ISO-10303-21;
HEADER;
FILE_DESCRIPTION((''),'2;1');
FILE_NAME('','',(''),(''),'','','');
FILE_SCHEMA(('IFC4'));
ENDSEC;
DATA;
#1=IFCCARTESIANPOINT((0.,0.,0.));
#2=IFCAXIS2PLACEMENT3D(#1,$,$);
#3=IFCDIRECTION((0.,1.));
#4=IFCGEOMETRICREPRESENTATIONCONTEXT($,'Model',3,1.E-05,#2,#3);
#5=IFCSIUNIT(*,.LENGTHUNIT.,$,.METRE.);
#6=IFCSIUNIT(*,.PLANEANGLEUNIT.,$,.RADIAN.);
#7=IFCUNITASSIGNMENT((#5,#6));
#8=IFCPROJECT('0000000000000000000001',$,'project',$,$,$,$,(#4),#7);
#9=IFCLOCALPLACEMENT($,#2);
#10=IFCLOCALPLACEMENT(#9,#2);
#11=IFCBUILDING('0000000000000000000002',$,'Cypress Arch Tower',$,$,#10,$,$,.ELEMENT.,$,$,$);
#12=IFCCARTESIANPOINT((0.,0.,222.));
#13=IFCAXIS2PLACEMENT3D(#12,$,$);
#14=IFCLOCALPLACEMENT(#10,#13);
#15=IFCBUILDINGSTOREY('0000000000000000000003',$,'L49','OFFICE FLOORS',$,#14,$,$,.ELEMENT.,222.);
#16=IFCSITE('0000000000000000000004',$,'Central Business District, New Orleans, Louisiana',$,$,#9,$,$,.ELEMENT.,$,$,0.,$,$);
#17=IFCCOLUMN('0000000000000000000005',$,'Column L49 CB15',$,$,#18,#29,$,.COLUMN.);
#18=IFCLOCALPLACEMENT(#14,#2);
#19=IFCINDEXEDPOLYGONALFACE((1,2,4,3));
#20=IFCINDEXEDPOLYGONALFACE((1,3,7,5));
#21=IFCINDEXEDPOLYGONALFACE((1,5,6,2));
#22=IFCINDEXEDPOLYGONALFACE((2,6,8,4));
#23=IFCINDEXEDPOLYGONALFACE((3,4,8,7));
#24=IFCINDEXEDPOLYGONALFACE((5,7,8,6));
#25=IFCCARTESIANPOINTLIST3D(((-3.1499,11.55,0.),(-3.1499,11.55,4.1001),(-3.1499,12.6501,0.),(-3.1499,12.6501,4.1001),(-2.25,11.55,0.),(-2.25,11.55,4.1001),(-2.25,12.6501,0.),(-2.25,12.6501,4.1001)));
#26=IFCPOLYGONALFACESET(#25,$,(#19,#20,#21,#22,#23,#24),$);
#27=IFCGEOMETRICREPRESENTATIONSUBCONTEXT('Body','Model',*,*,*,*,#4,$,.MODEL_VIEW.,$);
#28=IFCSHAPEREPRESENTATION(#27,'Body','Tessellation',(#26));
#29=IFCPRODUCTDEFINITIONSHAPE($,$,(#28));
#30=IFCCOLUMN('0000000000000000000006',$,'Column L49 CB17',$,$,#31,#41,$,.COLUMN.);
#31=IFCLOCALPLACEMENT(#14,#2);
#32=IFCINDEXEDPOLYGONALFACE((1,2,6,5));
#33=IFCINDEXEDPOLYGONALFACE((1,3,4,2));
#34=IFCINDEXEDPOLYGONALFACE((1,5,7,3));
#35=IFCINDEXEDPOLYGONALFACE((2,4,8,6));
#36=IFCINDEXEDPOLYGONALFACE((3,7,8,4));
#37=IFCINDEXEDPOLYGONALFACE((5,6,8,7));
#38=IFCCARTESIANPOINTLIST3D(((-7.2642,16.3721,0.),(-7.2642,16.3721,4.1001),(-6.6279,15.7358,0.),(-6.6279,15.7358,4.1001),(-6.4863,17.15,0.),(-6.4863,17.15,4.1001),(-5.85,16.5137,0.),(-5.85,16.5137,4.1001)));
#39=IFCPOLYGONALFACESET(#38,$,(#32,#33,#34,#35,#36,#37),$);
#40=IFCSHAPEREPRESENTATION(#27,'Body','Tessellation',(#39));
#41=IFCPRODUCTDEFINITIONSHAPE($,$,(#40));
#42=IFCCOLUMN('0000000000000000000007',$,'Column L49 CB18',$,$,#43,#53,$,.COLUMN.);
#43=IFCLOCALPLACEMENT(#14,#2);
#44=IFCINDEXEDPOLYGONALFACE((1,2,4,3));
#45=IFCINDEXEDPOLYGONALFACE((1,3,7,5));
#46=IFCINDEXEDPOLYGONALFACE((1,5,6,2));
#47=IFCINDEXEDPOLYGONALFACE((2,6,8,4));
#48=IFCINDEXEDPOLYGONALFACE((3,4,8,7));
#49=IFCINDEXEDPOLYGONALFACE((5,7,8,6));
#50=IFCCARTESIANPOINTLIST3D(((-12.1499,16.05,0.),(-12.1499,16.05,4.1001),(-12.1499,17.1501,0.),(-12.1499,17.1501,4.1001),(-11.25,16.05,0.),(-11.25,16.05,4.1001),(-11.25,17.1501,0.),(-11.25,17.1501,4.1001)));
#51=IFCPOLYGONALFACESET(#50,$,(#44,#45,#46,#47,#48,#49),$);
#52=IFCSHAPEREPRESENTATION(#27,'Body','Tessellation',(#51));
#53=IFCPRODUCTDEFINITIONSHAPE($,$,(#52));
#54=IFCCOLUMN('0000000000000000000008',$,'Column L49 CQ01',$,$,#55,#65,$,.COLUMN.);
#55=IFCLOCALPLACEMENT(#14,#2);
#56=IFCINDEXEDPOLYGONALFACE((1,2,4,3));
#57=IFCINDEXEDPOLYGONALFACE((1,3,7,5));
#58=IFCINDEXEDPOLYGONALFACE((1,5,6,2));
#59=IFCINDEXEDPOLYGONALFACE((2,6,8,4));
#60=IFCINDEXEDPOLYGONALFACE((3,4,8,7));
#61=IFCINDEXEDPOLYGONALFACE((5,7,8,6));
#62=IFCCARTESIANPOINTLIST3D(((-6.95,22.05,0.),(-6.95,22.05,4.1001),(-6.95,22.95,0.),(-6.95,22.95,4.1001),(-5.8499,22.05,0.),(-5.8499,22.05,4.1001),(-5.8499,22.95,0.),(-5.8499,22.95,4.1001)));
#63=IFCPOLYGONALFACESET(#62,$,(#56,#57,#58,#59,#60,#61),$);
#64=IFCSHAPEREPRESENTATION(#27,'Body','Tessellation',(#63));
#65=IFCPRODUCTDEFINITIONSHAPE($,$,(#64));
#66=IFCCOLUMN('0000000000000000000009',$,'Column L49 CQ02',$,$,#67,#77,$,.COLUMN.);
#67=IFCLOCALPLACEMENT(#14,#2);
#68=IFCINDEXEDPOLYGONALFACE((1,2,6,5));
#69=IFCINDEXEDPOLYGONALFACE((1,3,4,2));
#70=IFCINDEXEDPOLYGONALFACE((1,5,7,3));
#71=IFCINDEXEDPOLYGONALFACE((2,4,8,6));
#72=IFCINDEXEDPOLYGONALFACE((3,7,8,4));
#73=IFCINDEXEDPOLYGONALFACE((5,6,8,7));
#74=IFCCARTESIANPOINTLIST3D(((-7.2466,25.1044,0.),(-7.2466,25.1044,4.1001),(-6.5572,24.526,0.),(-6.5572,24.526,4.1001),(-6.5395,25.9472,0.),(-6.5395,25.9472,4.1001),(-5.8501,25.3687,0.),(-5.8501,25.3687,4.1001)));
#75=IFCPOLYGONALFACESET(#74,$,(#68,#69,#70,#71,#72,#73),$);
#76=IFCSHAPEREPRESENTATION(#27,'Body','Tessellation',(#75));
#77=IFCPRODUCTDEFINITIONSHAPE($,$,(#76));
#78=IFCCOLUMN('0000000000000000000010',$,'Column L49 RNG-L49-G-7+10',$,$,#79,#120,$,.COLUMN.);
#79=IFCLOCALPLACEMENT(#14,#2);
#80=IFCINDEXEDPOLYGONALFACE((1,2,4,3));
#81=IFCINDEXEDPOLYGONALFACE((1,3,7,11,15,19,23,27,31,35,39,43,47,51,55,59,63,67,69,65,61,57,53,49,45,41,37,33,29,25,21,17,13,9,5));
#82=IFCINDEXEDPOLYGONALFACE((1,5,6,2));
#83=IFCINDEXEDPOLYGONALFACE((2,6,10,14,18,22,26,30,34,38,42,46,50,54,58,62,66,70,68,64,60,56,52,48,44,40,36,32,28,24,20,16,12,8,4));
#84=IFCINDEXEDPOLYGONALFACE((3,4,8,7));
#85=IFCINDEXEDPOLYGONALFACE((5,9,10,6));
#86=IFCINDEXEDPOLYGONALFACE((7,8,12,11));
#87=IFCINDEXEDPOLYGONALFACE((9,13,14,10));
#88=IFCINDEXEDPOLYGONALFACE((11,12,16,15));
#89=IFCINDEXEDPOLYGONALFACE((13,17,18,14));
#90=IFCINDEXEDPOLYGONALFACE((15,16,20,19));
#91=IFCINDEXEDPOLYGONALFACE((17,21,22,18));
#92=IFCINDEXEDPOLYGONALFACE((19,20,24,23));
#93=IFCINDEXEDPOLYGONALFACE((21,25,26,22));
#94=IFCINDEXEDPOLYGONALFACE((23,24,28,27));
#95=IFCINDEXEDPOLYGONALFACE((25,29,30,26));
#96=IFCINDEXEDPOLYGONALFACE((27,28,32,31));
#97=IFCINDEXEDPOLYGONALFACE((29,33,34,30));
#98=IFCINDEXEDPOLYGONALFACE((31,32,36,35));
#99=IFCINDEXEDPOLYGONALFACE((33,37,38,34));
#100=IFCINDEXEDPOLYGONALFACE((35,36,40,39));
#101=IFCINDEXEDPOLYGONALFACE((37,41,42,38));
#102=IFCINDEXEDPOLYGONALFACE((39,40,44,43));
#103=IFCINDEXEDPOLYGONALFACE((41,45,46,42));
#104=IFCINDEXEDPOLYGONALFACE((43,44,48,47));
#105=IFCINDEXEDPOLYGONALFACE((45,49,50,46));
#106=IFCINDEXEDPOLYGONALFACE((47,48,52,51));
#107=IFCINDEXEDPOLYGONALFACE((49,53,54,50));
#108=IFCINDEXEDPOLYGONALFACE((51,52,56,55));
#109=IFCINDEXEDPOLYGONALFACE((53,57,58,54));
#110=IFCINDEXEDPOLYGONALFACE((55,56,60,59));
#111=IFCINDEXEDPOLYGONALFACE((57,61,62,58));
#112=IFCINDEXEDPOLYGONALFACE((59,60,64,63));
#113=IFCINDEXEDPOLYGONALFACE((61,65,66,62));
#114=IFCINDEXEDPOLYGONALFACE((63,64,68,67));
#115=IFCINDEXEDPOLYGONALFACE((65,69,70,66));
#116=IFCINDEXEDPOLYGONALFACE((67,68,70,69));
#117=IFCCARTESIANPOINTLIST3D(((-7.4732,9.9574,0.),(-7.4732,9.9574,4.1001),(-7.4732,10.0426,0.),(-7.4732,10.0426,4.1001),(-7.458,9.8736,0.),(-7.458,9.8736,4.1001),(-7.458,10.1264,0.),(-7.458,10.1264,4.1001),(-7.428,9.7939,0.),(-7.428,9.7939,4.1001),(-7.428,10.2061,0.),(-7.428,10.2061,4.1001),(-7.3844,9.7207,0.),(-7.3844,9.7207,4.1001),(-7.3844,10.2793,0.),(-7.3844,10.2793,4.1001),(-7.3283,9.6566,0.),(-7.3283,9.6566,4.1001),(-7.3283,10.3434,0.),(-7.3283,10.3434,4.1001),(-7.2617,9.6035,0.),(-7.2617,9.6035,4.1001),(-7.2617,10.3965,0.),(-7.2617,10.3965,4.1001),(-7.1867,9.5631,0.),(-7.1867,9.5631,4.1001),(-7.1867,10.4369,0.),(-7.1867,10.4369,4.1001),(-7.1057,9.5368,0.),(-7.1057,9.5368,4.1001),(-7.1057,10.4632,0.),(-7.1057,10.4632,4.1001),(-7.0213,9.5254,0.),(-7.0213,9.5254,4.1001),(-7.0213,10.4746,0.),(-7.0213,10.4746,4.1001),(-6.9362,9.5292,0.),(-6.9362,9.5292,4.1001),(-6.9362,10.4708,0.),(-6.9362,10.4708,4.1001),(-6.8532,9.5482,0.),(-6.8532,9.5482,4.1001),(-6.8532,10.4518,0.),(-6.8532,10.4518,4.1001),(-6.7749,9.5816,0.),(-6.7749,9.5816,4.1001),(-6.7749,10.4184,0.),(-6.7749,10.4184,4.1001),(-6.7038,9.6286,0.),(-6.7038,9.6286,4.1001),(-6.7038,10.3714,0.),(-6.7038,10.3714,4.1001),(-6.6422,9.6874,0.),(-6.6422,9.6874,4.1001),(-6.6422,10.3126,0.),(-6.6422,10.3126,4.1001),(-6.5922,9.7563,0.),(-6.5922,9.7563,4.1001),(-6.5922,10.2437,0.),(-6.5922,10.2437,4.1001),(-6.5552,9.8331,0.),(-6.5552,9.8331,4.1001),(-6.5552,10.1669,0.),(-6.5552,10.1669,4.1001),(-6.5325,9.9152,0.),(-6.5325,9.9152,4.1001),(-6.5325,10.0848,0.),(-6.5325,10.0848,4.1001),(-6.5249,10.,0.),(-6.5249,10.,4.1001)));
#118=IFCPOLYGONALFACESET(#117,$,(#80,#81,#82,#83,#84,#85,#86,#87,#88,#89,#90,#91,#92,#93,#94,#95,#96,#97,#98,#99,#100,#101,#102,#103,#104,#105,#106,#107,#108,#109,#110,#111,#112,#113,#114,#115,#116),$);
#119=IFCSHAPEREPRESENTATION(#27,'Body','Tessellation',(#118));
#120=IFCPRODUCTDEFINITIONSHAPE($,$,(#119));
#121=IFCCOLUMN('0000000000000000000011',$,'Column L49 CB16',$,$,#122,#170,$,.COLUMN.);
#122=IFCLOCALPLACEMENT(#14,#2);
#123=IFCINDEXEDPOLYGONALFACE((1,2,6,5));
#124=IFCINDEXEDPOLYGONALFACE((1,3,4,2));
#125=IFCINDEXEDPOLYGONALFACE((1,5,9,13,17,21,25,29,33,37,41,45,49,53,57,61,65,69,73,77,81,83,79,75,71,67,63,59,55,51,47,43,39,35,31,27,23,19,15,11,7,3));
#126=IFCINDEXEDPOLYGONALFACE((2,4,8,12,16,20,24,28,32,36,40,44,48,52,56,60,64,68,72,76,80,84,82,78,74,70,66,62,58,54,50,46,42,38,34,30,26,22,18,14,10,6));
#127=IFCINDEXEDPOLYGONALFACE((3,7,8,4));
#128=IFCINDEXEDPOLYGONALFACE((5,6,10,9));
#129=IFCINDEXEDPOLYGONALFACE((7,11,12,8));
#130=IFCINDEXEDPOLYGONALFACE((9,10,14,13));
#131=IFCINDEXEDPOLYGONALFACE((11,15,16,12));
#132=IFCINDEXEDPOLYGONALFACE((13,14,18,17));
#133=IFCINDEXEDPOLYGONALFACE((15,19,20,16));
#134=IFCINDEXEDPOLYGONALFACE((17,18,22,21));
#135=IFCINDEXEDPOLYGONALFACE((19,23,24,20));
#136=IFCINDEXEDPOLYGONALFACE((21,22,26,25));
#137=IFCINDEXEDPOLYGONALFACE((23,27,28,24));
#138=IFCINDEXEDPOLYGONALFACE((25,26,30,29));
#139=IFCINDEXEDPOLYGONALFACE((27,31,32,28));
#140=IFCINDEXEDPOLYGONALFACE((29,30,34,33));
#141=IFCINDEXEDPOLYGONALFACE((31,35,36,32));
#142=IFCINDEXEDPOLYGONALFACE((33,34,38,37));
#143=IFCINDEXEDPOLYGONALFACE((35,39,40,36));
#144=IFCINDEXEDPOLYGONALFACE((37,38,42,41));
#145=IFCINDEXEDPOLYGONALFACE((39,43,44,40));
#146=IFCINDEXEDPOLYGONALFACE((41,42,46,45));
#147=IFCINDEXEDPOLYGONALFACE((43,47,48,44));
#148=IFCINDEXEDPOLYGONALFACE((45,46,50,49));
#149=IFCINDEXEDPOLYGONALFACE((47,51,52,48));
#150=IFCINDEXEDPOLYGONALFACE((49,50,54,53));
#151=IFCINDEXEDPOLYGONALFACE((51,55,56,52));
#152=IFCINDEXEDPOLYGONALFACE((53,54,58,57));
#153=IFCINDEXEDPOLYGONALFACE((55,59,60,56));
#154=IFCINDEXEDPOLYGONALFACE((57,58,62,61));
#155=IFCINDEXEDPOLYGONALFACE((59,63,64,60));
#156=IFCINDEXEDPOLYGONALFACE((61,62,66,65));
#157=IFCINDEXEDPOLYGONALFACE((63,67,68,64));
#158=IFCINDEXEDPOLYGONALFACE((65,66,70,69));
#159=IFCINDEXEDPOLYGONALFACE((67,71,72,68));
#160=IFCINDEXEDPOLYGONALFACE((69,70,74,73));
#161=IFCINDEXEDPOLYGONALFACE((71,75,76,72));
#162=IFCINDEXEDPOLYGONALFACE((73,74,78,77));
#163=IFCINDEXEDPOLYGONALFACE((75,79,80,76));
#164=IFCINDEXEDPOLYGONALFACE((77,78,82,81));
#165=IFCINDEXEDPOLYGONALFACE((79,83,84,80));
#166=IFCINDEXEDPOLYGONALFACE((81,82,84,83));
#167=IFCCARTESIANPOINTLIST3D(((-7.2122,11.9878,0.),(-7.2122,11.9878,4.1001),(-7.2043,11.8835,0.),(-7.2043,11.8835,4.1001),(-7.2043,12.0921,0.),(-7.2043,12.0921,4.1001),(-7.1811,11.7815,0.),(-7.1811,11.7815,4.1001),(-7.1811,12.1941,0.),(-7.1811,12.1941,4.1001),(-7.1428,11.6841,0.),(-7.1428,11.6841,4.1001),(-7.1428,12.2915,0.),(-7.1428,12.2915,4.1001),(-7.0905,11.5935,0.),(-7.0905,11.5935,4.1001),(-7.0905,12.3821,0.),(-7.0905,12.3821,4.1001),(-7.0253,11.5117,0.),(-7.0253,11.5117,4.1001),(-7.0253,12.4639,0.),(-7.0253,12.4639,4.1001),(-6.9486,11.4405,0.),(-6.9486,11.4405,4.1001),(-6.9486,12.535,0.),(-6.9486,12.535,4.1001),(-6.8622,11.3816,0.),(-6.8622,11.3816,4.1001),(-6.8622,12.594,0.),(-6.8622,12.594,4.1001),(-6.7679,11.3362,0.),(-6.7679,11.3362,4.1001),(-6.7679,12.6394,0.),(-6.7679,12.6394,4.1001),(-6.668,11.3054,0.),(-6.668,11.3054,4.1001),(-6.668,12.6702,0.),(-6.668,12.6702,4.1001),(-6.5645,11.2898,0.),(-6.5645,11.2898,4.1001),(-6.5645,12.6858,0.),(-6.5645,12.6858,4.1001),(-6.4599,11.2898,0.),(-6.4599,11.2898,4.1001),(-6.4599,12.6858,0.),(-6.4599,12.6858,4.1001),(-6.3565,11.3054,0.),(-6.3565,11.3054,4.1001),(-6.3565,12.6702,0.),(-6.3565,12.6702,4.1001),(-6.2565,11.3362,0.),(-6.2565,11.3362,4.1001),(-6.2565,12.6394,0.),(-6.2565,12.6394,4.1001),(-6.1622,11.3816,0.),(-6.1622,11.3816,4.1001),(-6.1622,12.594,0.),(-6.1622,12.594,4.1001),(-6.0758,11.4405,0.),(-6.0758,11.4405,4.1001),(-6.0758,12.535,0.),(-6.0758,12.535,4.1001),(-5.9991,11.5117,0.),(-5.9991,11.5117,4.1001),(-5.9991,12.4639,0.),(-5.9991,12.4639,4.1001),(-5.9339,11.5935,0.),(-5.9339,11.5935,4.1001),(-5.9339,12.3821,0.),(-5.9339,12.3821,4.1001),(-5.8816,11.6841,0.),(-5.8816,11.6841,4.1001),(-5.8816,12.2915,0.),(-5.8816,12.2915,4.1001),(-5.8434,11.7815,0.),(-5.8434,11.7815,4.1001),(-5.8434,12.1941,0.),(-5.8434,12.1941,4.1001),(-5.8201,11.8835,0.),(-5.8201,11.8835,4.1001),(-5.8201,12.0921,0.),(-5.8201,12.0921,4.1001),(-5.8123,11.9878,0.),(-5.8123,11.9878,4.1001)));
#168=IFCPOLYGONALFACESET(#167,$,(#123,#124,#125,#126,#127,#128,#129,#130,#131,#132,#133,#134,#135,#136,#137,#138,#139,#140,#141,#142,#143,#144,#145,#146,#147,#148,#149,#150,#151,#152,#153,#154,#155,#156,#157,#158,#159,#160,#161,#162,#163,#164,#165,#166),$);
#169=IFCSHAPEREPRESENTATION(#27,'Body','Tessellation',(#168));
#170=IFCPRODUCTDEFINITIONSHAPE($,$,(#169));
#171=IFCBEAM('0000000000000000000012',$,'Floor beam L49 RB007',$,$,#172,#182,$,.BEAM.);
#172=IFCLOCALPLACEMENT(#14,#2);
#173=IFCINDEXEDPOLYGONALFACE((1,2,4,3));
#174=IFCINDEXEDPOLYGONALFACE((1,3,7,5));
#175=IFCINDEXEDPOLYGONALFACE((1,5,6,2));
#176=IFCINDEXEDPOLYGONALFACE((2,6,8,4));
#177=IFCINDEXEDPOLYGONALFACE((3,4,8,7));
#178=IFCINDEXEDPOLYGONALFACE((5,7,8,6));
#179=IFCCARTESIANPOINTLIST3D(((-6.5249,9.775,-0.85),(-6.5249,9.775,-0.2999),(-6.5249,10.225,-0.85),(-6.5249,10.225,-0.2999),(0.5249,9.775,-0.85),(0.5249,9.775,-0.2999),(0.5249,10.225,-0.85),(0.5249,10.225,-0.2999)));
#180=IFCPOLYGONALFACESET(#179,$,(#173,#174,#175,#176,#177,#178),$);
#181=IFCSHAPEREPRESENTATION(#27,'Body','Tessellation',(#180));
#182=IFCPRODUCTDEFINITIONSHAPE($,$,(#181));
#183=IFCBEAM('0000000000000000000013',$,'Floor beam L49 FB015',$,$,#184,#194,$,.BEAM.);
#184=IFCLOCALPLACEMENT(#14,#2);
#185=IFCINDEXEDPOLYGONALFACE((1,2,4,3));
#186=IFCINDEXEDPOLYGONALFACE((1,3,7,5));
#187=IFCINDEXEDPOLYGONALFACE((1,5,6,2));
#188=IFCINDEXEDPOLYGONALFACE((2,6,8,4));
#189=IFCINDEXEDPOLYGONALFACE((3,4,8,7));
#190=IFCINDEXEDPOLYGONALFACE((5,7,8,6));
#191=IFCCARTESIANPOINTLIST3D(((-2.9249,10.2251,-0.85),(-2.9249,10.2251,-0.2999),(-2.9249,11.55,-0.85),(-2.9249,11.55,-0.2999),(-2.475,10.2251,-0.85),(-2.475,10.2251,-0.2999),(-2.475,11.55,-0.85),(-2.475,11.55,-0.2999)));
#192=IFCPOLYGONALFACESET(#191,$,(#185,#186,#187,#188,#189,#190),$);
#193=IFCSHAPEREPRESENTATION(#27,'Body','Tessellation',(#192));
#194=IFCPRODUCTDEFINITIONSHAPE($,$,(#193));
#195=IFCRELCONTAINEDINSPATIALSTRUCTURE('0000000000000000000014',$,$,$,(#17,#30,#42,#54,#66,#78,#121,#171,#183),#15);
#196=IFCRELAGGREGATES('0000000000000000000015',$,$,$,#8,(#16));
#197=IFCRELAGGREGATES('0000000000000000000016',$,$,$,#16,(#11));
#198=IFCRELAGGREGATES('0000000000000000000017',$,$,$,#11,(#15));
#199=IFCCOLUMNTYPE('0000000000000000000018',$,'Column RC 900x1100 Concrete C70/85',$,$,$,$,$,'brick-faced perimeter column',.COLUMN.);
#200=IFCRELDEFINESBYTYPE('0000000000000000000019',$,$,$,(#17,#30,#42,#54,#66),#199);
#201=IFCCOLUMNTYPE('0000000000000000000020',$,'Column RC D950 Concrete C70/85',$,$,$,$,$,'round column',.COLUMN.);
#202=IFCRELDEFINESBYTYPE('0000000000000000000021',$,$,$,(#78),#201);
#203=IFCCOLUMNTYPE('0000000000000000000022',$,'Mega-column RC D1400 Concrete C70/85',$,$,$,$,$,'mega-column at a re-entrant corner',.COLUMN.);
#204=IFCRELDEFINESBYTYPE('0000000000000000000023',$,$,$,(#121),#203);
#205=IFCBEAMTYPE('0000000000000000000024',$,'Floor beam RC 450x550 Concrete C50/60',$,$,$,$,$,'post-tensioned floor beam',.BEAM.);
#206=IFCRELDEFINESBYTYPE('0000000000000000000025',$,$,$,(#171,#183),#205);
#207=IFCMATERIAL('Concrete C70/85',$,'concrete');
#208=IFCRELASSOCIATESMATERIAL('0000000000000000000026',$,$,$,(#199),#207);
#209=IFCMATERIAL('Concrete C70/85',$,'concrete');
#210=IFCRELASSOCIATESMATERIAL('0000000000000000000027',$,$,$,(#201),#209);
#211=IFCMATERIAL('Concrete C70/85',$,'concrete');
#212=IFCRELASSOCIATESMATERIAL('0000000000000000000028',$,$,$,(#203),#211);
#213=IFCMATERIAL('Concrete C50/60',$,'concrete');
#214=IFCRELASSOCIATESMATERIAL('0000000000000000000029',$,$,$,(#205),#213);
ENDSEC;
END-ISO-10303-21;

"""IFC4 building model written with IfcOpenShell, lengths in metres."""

from ifc_helpers import new_model, si_unit, direction, frame, origin, origin_2d, place, context, subcontext, project, spatial, rectangle, circle, extrude, material, material_profile, profile_set, type_object, element, save


model = new_model("IFC4")

# Units and contexts
model_context = context("Model", 3, precision=1e-05, world=origin(), true_north=direction((0.0, 1.0)))
body_context = subcontext(model_context, "Body", "Model", "MODEL_VIEW")
ifc_project = project(units=[si_unit("LENGTHUNIT", "METRE"), si_unit("PLANEANGLEUNIT", "RADIAN")], contexts=[model_context])

# Site, building, storey
site_placement = place(None, origin())
site = spatial("IfcSite", under=ifc_project, at=site_placement, Name="Central Business District, New Orleans, Louisiana", CompositionType="ELEMENT", RefElevation=0.0)
building_placement = place(site_placement, origin())
building = spatial("IfcBuilding", under=site, at=building_placement, Name="Cypress Arch Tower", CompositionType="ELEMENT")
storey_placement = place(building_placement, frame((0.0, 0.0, 222.0)))
storey = spatial("IfcBuildingStorey", under=building, at=storey_placement, Name="L49", Description="OFFICE FLOORS", CompositionType="ELEMENT", Elevation=222.0)

# Columns
ifc_material_1 = material(Name="Concrete C70/85", Category="concrete")
ifc_material_profile_1 = material_profile(ifc_material_1, rectangle(XDim=0.8999, YDim=1.1001, at=origin_2d()), Name="RC 900x1100")
ifc_profile_set_1 = profile_set([ifc_material_profile_1], Name="Concrete C70/85")
column_type_1 = type_object("IfcColumnType", Name="Column RC 900x1100 Concrete C70/85", ElementType="brick-faced perimeter column", PredefinedType="COLUMN", material=ifc_profile_set_1)
for number, where, z_axis, x_axis, name in (
    (1, (-2.7, 12.1001, 0.0), (0.0, 0.0, 1.0), (-1.0, 0.0, 0.0), "Column L49 CB15"),
    (2, (-6.5571, 16.4429, 0.0), (0.0, 0.0, 1.0), (-0.707107, 0.707107, 0.0), "Column L49 CB17"),
    (3, (-11.7, 16.6001, 0.0), (0.0, 0.0, 1.0), (-1.0, 0.0, 0.0), "Column L49 CB18"),
    (4, (-6.3999, 22.5, 0.0), (0.0, 0.0, 1.0), (0.0, 1.0, 0.0), "Column L49 CQ01"),
    (5, (-6.5483, 25.2366, 0.0), (0.0, 0.0, 1.0), (-0.766064, 0.642765, 0.0), "Column L49 CQ02"),
):
    element("IfcColumn", number, at=place(storey_placement, frame(where, z_axis=z_axis, x_axis=x_axis)), inside=storey, type_object=column_type_1, Name=name, PredefinedType="COLUMN", context=body_context, shape_type="SweptSolid", body=[
        extrude(rectangle(XDim=0.8999, YDim=1.1001, at=origin_2d()), origin(), (0.0, 0.0, 1.0), 4.1001),
    ])
ifc_material_2 = material(Name="Concrete C70/85", Category="concrete")
ifc_material_profile_2 = material_profile(ifc_material_2, circle(Radius=0.4751, at=origin_2d()), Name="RC D950")
ifc_profile_set_2 = profile_set([ifc_material_profile_2], Name="Concrete C70/85")
column_type_2 = type_object("IfcColumnType", Name="Column RC D950 Concrete C70/85", ElementType="round column", PredefinedType="COLUMN", material=ifc_profile_set_2)
column_1_placement = place(storey_placement, frame((-7.0, 10.0, 0.0), z_axis=(0.0, 0.0, 1.0), x_axis=(1.0, 0.0, 0.0)))
element("IfcColumn", 6, at=column_1_placement, inside=storey, type_object=column_type_2, Name="Column L49 RNG-L49-G-7+10", PredefinedType="COLUMN", context=body_context, shape_type="SweptSolid", body=[
    extrude(circle(Radius=0.4751, at=origin_2d()), origin(), (0.0, 0.0, 1.0), 4.1001),
])
ifc_material_3 = material(Name="Concrete C70/85", Category="concrete")
ifc_material_profile_3 = material_profile(ifc_material_3, circle(Radius=0.7, at=origin_2d()), Name="RC D1400")
ifc_profile_set_3 = profile_set([ifc_material_profile_3], Name="Concrete C70/85")
column_type_3 = type_object("IfcColumnType", Name="Mega-column RC D1400 Concrete C70/85", ElementType="mega-column at a re-entrant corner", PredefinedType="COLUMN", material=ifc_profile_set_3)
column_2_placement = place(storey_placement, frame((-6.5122, 11.9878, 0.0), z_axis=(0.0, 0.0, 1.0), x_axis=(1.0, 0.0, 0.0)))
element("IfcColumn", 7, at=column_2_placement, inside=storey, type_object=column_type_3, Name="Column L49 CB16", PredefinedType="COLUMN", context=body_context, shape_type="SweptSolid", body=[
    extrude(circle(Radius=0.7, at=origin_2d()), origin(), (0.0, 0.0, 1.0), 4.1001),
])

# Beams
ifc_material_4 = material(Name="Concrete C50/60", Category="concrete")
ifc_material_profile_4 = material_profile(ifc_material_4, rectangle(XDim=0.45, YDim=0.55, at=origin_2d()), Name="RC 450x550")
ifc_profile_set_4 = profile_set([ifc_material_profile_4], Name="Concrete C50/60")
beam_type_1 = type_object("IfcBeamType", Name="Floor beam RC 450x550 Concrete C50/60", ElementType="post-tensioned floor beam", PredefinedType="BEAM", material=ifc_profile_set_4)
beam_1_placement = place(storey_placement, frame((-6.5249, 10.0, -0.575), z_axis=(1.0, 0.0, 0.0), x_axis=(0.0, 1.0, 0.0)))
element("IfcBeam", 8, at=beam_1_placement, inside=storey, type_object=beam_type_1, Name="Floor beam L49 RB007", PredefinedType="BEAM", context=body_context, shape_type="SweptSolid", body=[
    extrude(rectangle(XDim=0.45, YDim=0.55, at=origin_2d()), origin(), (0.0, 0.0, 1.0), 7.0498),
])
beam_2_placement = place(storey_placement, frame((-2.7, 10.2251, -0.575), z_axis=(0.0, 1.0, 0.0), x_axis=(-1.0, 0.0, 0.0)))
element("IfcBeam", 9, at=beam_2_placement, inside=storey, type_object=beam_type_1, Name="Floor beam L49 FB015", PredefinedType="BEAM", context=body_context, shape_type="SweptSolid", body=[
    extrude(rectangle(XDim=0.45, YDim=0.55, at=origin_2d()), origin(), (0.0, 0.0, 1.0), 1.325),
])

save(model, "model.ifc")
